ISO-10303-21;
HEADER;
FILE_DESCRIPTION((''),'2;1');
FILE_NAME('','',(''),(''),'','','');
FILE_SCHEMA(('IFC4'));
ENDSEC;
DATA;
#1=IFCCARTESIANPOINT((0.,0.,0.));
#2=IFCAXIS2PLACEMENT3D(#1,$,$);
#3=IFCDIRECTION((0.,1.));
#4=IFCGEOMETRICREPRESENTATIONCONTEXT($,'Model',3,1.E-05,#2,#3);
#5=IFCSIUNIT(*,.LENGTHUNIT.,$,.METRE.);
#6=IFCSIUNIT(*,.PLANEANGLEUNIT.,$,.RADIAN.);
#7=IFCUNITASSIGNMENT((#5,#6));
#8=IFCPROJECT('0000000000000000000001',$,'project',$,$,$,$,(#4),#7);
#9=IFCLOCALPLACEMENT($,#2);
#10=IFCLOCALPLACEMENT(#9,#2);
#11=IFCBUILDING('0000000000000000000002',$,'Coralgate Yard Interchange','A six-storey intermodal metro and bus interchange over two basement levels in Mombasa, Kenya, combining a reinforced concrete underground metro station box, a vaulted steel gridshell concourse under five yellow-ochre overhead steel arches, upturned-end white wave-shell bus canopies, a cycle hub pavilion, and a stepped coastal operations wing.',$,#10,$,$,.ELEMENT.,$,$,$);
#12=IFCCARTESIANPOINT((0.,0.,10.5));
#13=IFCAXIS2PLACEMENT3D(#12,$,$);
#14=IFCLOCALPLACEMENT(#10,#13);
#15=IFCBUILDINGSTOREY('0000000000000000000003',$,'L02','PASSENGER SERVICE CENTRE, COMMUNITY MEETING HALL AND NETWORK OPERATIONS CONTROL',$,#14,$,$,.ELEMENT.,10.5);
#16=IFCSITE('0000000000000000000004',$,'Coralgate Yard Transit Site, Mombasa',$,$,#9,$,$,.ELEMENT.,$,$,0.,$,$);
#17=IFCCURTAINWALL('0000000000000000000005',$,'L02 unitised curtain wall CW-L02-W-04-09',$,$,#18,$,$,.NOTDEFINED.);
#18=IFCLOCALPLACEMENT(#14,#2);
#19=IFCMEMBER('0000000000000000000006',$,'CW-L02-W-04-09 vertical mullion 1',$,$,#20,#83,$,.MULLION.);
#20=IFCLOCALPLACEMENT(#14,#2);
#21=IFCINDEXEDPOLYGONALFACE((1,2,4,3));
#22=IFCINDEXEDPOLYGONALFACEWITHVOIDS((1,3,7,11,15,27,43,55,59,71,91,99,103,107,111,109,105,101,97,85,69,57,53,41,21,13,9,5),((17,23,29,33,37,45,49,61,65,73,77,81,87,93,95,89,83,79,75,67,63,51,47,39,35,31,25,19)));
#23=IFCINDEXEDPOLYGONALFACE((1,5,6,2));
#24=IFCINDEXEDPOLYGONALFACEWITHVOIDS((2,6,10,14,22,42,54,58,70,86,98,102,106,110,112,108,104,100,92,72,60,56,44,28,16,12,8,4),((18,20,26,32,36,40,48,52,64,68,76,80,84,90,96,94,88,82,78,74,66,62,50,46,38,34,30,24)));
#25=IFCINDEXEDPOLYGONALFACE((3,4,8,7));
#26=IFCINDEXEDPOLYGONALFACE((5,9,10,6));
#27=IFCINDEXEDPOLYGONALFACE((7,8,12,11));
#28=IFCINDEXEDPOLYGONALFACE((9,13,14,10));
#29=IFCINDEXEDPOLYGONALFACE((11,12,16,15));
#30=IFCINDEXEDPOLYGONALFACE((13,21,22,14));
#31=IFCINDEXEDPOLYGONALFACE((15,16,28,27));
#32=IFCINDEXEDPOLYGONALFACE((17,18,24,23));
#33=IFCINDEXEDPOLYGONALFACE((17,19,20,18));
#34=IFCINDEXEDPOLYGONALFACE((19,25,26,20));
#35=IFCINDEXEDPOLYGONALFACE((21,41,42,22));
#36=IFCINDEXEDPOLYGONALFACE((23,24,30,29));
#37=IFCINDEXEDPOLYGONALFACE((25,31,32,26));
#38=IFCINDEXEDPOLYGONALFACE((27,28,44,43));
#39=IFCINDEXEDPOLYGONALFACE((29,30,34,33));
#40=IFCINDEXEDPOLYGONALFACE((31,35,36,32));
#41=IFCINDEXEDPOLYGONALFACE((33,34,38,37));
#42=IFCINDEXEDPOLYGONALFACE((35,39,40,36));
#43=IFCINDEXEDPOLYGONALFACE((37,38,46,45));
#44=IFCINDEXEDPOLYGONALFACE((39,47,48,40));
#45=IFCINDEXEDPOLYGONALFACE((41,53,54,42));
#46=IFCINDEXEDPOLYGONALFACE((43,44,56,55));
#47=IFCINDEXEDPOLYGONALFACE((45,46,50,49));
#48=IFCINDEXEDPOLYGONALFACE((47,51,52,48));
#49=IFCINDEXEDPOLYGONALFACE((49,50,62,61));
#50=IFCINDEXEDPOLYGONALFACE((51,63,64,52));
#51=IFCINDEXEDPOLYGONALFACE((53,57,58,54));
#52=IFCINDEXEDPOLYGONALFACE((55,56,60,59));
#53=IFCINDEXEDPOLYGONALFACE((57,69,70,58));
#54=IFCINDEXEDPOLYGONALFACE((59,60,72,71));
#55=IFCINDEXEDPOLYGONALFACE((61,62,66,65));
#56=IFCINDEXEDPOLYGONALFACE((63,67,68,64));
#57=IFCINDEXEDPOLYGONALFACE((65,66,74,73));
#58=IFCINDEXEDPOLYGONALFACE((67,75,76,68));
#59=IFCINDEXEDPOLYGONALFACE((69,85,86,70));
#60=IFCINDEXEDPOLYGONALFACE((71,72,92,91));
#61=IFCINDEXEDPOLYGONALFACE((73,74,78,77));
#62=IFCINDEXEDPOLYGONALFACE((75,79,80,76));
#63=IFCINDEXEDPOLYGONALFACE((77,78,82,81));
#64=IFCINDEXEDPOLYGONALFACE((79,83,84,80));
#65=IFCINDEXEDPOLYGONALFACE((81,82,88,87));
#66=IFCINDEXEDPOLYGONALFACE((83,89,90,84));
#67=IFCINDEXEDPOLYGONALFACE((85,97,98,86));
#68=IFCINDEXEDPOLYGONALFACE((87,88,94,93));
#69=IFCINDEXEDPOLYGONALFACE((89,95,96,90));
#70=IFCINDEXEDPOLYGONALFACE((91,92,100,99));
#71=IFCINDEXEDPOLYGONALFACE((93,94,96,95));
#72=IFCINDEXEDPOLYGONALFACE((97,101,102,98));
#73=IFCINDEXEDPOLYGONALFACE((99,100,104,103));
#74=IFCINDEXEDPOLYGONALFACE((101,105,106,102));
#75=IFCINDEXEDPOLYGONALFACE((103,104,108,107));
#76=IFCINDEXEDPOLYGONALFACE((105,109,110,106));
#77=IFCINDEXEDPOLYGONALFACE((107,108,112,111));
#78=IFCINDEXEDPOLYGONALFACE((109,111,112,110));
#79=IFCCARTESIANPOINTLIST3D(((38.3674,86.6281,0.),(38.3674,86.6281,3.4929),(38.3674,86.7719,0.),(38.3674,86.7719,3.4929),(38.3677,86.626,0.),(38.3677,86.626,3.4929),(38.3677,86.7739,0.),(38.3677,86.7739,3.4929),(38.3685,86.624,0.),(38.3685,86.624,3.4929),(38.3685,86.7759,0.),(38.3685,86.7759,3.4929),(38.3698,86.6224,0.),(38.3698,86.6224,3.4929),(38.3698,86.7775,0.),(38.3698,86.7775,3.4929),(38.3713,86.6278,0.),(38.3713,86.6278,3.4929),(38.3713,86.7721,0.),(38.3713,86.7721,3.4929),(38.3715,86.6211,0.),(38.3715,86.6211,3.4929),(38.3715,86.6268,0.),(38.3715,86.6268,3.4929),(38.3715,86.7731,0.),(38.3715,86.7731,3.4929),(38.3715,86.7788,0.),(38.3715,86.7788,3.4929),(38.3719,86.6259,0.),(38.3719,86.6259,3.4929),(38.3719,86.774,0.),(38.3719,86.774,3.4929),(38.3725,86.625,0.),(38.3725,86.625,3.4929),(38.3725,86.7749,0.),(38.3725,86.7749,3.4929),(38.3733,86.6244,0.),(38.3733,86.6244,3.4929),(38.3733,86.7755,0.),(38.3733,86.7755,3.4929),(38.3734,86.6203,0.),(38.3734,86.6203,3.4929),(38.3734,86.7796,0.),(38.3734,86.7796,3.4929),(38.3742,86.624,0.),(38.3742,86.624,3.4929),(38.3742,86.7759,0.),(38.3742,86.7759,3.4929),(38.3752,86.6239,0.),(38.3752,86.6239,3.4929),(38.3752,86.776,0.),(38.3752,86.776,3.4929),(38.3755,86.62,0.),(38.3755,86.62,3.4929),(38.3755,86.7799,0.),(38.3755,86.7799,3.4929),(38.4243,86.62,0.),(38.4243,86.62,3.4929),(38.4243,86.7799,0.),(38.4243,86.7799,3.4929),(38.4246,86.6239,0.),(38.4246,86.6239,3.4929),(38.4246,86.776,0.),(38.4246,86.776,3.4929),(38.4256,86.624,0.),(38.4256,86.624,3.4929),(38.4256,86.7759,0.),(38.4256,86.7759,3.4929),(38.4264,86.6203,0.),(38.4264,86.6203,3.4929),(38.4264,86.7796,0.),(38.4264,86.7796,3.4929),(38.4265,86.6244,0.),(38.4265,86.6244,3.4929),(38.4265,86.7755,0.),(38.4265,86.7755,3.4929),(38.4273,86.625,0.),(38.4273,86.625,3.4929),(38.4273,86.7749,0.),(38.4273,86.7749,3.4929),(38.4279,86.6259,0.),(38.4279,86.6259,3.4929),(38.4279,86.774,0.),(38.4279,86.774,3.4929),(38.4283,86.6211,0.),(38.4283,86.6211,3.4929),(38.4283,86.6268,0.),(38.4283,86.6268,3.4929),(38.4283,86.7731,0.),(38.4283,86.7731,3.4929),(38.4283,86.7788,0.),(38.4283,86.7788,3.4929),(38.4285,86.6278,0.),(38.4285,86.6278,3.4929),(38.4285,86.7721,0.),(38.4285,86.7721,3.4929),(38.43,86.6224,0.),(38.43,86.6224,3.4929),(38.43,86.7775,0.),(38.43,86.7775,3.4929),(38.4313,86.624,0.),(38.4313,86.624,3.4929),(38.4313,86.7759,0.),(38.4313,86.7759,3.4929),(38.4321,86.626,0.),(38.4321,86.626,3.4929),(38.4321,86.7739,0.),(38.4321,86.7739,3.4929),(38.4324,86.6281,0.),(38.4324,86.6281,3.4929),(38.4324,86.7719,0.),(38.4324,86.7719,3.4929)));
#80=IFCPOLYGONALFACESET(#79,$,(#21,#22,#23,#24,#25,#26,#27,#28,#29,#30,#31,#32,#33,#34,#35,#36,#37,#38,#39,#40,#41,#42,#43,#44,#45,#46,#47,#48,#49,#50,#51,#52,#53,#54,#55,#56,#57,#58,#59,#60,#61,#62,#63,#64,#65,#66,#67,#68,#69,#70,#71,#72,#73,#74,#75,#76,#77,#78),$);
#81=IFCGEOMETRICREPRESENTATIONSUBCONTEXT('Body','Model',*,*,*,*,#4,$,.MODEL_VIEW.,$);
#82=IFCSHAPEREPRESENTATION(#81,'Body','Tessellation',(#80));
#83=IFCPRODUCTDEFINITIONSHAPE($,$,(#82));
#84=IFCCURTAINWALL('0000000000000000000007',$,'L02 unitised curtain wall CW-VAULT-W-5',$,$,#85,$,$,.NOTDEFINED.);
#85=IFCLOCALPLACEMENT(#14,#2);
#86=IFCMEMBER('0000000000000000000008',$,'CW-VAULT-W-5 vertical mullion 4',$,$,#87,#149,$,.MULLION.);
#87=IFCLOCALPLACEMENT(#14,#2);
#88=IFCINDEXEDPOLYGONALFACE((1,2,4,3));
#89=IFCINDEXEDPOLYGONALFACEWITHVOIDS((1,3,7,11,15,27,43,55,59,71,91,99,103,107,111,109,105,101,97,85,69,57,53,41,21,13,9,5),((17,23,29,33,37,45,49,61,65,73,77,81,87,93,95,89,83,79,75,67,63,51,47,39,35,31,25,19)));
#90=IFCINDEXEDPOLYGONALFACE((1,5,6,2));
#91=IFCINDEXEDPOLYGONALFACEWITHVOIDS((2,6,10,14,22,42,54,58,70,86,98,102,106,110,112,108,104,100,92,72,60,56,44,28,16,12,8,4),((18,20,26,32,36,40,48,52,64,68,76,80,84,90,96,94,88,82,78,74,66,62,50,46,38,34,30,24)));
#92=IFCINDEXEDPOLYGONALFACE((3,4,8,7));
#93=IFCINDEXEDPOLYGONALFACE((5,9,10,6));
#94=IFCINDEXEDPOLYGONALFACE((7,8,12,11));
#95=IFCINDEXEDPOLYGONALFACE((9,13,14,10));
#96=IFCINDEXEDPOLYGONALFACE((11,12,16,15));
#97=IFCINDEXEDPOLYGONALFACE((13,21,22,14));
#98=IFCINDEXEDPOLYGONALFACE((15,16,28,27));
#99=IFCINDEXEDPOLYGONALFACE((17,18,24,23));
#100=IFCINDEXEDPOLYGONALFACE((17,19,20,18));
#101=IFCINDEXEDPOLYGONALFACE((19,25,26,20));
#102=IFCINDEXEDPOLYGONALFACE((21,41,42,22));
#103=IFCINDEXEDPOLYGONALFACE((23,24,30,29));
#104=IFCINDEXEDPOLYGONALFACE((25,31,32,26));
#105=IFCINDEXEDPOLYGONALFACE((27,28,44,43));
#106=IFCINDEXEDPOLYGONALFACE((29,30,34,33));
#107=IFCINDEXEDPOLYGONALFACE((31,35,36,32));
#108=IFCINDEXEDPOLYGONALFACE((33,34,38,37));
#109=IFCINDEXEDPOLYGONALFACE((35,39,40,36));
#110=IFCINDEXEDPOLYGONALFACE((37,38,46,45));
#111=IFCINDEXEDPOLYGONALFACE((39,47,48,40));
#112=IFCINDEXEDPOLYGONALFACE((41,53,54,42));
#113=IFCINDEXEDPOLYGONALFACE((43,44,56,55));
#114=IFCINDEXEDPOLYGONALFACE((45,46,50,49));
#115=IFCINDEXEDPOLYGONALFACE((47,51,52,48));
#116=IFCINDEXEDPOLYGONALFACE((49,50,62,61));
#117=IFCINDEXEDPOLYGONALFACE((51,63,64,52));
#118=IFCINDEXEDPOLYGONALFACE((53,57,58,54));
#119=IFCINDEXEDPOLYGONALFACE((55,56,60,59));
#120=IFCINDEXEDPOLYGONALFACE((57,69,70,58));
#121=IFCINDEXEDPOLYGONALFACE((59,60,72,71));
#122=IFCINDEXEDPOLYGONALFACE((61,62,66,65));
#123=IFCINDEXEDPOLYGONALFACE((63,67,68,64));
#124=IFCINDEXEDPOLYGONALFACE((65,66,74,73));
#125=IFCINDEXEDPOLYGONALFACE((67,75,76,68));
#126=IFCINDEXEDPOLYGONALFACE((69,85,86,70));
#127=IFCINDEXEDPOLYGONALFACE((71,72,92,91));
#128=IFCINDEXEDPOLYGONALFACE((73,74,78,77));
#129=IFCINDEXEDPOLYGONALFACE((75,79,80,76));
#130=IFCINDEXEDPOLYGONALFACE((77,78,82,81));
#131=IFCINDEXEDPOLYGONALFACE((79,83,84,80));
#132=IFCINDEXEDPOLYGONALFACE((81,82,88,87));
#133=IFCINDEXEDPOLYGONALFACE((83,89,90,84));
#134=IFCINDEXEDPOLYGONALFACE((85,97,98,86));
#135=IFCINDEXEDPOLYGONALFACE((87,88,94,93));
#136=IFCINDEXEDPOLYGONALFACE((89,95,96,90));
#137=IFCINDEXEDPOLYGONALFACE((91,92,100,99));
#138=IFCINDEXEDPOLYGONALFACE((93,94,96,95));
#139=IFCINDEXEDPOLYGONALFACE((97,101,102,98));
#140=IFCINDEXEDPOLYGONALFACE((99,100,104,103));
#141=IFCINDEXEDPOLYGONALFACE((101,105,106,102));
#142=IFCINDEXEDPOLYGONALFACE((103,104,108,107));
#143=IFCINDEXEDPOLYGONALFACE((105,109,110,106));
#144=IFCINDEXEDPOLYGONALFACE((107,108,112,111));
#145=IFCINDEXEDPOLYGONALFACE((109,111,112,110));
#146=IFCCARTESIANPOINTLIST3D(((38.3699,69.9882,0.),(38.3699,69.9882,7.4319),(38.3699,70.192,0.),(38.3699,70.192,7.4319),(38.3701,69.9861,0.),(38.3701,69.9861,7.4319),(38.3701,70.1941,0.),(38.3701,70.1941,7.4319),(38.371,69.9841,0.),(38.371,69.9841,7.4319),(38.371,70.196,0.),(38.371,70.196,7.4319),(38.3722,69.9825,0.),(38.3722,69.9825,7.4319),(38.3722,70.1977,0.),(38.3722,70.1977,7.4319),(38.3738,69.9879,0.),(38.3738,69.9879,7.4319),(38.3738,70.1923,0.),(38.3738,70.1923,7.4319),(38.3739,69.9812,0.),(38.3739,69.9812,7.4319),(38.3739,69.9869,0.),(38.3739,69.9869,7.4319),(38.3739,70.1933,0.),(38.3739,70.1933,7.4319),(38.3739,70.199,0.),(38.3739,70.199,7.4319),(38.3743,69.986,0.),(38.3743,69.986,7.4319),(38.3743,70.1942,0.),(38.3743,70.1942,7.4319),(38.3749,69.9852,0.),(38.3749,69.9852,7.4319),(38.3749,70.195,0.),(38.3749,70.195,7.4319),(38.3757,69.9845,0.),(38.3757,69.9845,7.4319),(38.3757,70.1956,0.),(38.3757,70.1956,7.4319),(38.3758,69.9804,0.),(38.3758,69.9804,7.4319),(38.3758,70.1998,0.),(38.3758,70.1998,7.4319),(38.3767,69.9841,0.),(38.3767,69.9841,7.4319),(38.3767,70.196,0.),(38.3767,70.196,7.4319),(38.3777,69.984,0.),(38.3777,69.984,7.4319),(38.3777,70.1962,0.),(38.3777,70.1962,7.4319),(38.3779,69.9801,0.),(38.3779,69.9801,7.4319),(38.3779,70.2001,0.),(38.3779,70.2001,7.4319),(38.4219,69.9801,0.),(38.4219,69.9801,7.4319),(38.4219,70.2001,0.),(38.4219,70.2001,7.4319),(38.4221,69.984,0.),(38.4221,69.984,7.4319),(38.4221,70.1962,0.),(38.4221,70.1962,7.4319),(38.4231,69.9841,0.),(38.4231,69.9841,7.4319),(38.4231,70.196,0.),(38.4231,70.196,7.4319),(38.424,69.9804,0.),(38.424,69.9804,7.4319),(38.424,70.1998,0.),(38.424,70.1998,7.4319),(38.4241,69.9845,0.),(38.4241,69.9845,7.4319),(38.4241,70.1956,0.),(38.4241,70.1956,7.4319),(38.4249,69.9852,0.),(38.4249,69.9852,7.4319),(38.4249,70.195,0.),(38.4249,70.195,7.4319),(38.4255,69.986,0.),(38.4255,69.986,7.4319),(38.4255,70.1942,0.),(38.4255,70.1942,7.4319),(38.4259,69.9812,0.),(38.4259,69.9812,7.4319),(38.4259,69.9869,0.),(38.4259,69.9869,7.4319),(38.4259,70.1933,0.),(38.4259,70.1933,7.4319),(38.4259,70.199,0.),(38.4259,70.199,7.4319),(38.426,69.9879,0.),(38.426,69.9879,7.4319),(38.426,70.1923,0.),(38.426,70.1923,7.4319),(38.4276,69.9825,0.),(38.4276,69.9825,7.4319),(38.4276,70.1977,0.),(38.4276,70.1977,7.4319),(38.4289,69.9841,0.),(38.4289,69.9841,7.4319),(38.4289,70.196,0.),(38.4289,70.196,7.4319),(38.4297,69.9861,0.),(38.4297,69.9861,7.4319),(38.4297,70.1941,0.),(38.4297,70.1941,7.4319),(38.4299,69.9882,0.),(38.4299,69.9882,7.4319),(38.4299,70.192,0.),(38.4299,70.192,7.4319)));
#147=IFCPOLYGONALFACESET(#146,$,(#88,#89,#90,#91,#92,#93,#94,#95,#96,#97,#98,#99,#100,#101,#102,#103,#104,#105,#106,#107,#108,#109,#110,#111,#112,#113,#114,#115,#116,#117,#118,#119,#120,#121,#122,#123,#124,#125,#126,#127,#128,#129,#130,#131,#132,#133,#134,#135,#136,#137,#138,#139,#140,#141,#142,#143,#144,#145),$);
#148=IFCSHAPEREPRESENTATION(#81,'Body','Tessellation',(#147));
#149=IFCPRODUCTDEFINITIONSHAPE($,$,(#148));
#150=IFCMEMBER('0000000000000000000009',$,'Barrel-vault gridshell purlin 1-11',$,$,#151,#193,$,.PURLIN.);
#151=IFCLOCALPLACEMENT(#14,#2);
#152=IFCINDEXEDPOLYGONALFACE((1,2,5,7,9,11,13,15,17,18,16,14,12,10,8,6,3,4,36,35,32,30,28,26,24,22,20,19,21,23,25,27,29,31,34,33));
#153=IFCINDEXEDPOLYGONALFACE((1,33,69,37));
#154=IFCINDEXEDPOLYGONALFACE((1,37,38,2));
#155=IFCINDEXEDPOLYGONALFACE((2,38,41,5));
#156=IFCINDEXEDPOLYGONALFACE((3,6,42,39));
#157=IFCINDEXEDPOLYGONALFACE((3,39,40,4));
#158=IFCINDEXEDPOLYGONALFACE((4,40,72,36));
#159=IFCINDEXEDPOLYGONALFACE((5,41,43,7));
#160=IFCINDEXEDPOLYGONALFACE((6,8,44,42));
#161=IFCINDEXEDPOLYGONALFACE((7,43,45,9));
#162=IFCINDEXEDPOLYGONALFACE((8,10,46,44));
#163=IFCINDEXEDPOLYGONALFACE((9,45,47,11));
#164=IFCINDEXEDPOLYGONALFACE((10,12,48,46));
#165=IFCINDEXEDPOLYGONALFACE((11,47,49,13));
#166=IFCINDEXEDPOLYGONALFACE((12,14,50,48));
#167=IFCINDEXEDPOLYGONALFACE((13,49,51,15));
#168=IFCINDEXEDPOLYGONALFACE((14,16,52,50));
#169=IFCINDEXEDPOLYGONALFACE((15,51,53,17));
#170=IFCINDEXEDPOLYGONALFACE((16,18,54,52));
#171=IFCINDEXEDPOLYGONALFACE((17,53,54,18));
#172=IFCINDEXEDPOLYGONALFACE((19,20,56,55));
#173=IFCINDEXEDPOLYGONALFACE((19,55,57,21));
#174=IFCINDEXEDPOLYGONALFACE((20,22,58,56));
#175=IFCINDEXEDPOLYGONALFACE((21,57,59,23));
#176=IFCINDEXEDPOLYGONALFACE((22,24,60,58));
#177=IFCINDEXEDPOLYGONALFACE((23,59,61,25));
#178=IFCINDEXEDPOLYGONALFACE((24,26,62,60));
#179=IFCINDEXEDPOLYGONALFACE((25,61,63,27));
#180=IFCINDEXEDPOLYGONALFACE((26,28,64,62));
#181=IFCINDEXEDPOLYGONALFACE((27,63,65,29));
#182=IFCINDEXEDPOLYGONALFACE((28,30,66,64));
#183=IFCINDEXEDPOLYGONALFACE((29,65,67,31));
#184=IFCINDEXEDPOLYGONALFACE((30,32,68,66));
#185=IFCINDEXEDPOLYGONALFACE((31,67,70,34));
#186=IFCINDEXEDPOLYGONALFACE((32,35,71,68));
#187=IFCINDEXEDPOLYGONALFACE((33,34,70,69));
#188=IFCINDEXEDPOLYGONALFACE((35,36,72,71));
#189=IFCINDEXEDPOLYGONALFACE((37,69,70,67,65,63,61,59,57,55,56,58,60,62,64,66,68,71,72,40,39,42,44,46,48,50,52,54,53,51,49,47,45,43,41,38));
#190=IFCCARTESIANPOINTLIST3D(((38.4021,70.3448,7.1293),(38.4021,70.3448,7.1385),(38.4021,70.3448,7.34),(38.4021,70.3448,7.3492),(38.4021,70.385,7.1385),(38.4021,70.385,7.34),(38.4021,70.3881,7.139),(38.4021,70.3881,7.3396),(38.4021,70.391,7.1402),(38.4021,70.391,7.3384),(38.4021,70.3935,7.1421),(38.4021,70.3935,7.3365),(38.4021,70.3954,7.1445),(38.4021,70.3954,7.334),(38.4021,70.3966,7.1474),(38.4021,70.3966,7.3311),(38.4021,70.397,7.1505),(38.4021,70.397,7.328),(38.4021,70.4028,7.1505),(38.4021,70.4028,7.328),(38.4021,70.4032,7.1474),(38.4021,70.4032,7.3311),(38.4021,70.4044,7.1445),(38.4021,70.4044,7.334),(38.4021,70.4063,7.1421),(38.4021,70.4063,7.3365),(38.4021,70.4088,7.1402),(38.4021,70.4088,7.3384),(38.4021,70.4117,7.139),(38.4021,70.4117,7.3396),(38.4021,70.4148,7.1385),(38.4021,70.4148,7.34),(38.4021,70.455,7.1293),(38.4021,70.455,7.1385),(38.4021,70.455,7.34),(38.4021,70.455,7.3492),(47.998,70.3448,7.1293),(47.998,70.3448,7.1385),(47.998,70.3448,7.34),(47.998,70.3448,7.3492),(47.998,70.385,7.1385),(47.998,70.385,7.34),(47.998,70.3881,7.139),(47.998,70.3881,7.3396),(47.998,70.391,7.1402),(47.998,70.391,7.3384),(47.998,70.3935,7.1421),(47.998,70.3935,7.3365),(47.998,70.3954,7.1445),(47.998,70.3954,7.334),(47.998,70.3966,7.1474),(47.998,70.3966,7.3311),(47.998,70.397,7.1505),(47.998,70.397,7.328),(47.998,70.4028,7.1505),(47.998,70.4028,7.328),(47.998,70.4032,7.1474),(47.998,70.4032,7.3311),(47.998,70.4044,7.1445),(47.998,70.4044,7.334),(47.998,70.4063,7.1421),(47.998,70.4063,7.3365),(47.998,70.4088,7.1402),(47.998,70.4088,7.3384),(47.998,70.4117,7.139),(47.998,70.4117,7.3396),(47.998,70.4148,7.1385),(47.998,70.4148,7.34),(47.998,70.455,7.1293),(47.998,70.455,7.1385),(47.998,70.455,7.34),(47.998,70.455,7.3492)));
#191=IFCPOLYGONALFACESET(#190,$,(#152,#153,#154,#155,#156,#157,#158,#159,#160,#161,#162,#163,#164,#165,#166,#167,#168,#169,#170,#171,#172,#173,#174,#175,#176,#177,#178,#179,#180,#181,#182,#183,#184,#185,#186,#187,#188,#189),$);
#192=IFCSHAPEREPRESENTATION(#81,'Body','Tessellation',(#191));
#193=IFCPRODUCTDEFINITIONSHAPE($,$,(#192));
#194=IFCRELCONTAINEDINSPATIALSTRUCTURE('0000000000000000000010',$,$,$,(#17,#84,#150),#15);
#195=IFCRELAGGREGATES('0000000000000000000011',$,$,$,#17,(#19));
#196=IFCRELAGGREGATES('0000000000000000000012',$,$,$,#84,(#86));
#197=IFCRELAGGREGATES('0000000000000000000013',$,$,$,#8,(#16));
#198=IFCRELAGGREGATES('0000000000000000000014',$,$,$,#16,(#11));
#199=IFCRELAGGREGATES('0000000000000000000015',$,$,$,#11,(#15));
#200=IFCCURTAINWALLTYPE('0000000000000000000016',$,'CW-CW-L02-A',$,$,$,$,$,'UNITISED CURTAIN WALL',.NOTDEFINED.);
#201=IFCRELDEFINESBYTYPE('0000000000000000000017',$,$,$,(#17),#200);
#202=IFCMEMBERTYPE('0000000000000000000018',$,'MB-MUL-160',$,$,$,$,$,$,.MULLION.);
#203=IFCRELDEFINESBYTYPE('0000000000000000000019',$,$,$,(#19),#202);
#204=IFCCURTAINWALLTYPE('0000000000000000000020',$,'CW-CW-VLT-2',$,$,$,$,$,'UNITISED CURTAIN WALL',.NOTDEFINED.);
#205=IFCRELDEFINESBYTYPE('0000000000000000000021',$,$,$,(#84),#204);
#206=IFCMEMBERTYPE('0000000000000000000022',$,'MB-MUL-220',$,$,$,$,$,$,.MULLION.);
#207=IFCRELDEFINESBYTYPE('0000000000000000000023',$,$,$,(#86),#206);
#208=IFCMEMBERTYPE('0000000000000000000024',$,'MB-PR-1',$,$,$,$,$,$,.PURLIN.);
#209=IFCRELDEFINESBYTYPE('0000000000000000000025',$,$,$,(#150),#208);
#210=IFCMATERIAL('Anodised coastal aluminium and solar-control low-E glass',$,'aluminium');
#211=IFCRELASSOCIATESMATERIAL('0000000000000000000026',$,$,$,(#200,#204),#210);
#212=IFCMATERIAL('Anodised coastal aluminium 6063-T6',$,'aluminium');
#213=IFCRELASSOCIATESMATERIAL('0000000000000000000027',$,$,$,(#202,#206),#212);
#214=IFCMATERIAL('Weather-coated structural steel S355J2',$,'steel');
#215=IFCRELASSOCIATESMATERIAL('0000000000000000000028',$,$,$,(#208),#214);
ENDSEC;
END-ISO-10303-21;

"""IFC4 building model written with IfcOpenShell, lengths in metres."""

from ifc_helpers import new_model, si_unit, direction, frame, origin, origin_2d, place, context, subcontext, project, spatial, hollow_rectangle, i_section, extrude, material, material_profile, profile_set, type_object, element, aggregate, save


model = new_model("IFC4")

# Units and contexts
model_context = context("Model", 3, precision=1e-05, world=origin(), true_north=direction((0.0, 1.0)))
body_context = subcontext(model_context, "Body", "Model", "MODEL_VIEW")
ifc_project = project(units=[si_unit("LENGTHUNIT", "METRE"), si_unit("PLANEANGLEUNIT", "RADIAN")], contexts=[model_context])

# Site, building, storey
site_placement = place(None, origin())
site = spatial("IfcSite", under=ifc_project, at=site_placement, Name="Coralgate Yard Transit Site, Mombasa", CompositionType="ELEMENT", RefElevation=0.0)
building_placement = place(site_placement, origin())
building = spatial("IfcBuilding", under=site, at=building_placement, Name="Coralgate Yard Interchange", Description="A six-storey intermodal metro and bus interchange over two basement levels in Mombasa, Kenya, combining a reinforced concrete underground metro station box, a vaulted steel gridshell concourse under five yellow-ochre overhead steel arches, upturned-end white wave-shell bus canopies, a cycle hub pavilion, and a stepped coastal operations wing.", CompositionType="ELEMENT")
storey_placement = place(building_placement, frame((0.0, 0.0, 10.5)))
storey = spatial("IfcBuildingStorey", under=building, at=storey_placement, Name="L02", Description="PASSENGER SERVICE CENTRE, COMMUNITY MEETING HALL AND NETWORK OPERATIONS CONTROL", CompositionType="ELEMENT", Elevation=10.5)

# Shared definitions
ifc_material_1 = material(Name="Weather-coated structural steel S355J2", Category="steel")

# Shared definitions
ifc_material_2 = material(Name="Anodised coastal aluminium and solar-control low-E glass", Category="aluminium")
curtain_wall_type_1 = type_object("IfcCurtainWallType", Name="CW-CW-L02-A", ElementType="UNITISED CURTAIN WALL", PredefinedType="NOTDEFINED", material=ifc_material_2)
ifc_material_3 = material(Name="Anodised coastal aluminium 6063-T6", Category="aluminium")
ifc_material_profile_1 = material_profile(ifc_material_3, hollow_rectangle(XDim=0.0649, YDim=0.1599, WallThickness=0.0039, InnerFilletRadius=0.0039, OuterFilletRadius=0.0081, at=origin_2d()), Name="ALU 65x160x4")
ifc_profile_set_1 = profile_set([ifc_material_profile_1], Name="Anodised coastal aluminium 6063-T6")
member_type_1 = type_object("IfcMemberType", Name="MB-MUL-160", PredefinedType="MULLION", material=ifc_profile_set_1)

# Curtain walls, members
curtain_wall_1_placement = place(storey_placement, origin())
curtain_wall_1 = element("IfcCurtainWall", 1, at=curtain_wall_1_placement, inside=storey, type_object=curtain_wall_type_1, Name="L02 unitised curtain wall CW-L02-W-04-09", PredefinedType="NOTDEFINED")
member_1_placement = place(storey_placement, frame((38.3999, 86.7, 0.0), z_axis=(0.0, 0.0, 1.0), x_axis=(1.0, 0.0, 0.0)))
member_1 = element("IfcMember", 2, at=member_1_placement, type_object=member_type_1, Name="CW-L02-W-04-09 vertical mullion 1", PredefinedType="MULLION", context=body_context, shape_type="SweptSolid", body=[
    extrude(hollow_rectangle(XDim=0.0649, YDim=0.1599, WallThickness=0.0039, InnerFilletRadius=0.0039, OuterFilletRadius=0.0081, at=origin_2d()), origin(), (0.0, 0.0, 1.0), 3.4929),
])
curtain_wall_type_2 = type_object("IfcCurtainWallType", Name="CW-CW-VLT-2", ElementType="UNITISED CURTAIN WALL", PredefinedType="NOTDEFINED", material=ifc_material_2)
curtain_wall_2_placement = place(storey_placement, origin())
curtain_wall_2 = element("IfcCurtainWall", 3, at=curtain_wall_2_placement, inside=storey, type_object=curtain_wall_type_2, Name="L02 unitised curtain wall CW-VAULT-W-5", PredefinedType="NOTDEFINED")
ifc_material_profile_2 = material_profile(ifc_material_3, hollow_rectangle(XDim=0.0601, YDim=0.22, WallThickness=0.0039, InnerFilletRadius=0.0039, OuterFilletRadius=0.0081, at=origin_2d()), Name="ALU 60x220x4")
ifc_profile_set_2 = profile_set([ifc_material_profile_2], Name="Anodised coastal aluminium 6063-T6")
member_type_2 = type_object("IfcMemberType", Name="MB-MUL-220", PredefinedType="MULLION", material=ifc_profile_set_2)
member_2_placement = place(storey_placement, frame((38.3999, 70.0901, 0.0), z_axis=(0.0, 0.0, 1.0), x_axis=(1.0, 0.0, 0.0)))
member_2 = element("IfcMember", 4, at=member_2_placement, type_object=member_type_2, Name="CW-VAULT-W-5 vertical mullion 4", PredefinedType="MULLION", context=body_context, shape_type="SweptSolid", body=[
    extrude(hollow_rectangle(XDim=0.0601, YDim=0.22, WallThickness=0.0039, InnerFilletRadius=0.0039, OuterFilletRadius=0.0081, at=origin_2d()), origin(), (0.0, 0.0, 1.0), 7.4319),
])

# Member
ifc_material_profile_3 = material_profile(ifc_material_1, i_section(OverallWidth=0.1101, OverallDepth=0.22, WebThickness=0.0059, FlangeThickness=0.0093, FilletRadius=0.012, at=origin_2d()), Name="IPE 220")
ifc_profile_set_3 = profile_set([ifc_material_profile_3], Name="Weather-coated structural steel S355J2")
member_type_3 = type_object("IfcMemberType", Name="MB-PR-1", PredefinedType="PURLIN", material=ifc_profile_set_3)
member_3_placement = place(storey_placement, frame((38.4021, 70.3999, 7.2393), z_axis=(1.0, 0.0, 0.0), x_axis=(0.0, 1.0, 0.0)))
element("IfcMember", 5, at=member_3_placement, inside=storey, type_object=member_type_3, Name="Barrel-vault gridshell purlin 1-11", PredefinedType="PURLIN", context=body_context, shape_type="SweptSolid", body=[
    extrude(i_section(OverallWidth=0.1101, OverallDepth=0.22, WebThickness=0.0059, FlangeThickness=0.0093, FilletRadius=0.012, at=origin_2d()), origin(), (0.0, 0.0, 1.0), 9.5959),
])

aggregate(curtain_wall_1, [member_1])
aggregate(curtain_wall_2, [member_2])

save(model, "model.ifc")
